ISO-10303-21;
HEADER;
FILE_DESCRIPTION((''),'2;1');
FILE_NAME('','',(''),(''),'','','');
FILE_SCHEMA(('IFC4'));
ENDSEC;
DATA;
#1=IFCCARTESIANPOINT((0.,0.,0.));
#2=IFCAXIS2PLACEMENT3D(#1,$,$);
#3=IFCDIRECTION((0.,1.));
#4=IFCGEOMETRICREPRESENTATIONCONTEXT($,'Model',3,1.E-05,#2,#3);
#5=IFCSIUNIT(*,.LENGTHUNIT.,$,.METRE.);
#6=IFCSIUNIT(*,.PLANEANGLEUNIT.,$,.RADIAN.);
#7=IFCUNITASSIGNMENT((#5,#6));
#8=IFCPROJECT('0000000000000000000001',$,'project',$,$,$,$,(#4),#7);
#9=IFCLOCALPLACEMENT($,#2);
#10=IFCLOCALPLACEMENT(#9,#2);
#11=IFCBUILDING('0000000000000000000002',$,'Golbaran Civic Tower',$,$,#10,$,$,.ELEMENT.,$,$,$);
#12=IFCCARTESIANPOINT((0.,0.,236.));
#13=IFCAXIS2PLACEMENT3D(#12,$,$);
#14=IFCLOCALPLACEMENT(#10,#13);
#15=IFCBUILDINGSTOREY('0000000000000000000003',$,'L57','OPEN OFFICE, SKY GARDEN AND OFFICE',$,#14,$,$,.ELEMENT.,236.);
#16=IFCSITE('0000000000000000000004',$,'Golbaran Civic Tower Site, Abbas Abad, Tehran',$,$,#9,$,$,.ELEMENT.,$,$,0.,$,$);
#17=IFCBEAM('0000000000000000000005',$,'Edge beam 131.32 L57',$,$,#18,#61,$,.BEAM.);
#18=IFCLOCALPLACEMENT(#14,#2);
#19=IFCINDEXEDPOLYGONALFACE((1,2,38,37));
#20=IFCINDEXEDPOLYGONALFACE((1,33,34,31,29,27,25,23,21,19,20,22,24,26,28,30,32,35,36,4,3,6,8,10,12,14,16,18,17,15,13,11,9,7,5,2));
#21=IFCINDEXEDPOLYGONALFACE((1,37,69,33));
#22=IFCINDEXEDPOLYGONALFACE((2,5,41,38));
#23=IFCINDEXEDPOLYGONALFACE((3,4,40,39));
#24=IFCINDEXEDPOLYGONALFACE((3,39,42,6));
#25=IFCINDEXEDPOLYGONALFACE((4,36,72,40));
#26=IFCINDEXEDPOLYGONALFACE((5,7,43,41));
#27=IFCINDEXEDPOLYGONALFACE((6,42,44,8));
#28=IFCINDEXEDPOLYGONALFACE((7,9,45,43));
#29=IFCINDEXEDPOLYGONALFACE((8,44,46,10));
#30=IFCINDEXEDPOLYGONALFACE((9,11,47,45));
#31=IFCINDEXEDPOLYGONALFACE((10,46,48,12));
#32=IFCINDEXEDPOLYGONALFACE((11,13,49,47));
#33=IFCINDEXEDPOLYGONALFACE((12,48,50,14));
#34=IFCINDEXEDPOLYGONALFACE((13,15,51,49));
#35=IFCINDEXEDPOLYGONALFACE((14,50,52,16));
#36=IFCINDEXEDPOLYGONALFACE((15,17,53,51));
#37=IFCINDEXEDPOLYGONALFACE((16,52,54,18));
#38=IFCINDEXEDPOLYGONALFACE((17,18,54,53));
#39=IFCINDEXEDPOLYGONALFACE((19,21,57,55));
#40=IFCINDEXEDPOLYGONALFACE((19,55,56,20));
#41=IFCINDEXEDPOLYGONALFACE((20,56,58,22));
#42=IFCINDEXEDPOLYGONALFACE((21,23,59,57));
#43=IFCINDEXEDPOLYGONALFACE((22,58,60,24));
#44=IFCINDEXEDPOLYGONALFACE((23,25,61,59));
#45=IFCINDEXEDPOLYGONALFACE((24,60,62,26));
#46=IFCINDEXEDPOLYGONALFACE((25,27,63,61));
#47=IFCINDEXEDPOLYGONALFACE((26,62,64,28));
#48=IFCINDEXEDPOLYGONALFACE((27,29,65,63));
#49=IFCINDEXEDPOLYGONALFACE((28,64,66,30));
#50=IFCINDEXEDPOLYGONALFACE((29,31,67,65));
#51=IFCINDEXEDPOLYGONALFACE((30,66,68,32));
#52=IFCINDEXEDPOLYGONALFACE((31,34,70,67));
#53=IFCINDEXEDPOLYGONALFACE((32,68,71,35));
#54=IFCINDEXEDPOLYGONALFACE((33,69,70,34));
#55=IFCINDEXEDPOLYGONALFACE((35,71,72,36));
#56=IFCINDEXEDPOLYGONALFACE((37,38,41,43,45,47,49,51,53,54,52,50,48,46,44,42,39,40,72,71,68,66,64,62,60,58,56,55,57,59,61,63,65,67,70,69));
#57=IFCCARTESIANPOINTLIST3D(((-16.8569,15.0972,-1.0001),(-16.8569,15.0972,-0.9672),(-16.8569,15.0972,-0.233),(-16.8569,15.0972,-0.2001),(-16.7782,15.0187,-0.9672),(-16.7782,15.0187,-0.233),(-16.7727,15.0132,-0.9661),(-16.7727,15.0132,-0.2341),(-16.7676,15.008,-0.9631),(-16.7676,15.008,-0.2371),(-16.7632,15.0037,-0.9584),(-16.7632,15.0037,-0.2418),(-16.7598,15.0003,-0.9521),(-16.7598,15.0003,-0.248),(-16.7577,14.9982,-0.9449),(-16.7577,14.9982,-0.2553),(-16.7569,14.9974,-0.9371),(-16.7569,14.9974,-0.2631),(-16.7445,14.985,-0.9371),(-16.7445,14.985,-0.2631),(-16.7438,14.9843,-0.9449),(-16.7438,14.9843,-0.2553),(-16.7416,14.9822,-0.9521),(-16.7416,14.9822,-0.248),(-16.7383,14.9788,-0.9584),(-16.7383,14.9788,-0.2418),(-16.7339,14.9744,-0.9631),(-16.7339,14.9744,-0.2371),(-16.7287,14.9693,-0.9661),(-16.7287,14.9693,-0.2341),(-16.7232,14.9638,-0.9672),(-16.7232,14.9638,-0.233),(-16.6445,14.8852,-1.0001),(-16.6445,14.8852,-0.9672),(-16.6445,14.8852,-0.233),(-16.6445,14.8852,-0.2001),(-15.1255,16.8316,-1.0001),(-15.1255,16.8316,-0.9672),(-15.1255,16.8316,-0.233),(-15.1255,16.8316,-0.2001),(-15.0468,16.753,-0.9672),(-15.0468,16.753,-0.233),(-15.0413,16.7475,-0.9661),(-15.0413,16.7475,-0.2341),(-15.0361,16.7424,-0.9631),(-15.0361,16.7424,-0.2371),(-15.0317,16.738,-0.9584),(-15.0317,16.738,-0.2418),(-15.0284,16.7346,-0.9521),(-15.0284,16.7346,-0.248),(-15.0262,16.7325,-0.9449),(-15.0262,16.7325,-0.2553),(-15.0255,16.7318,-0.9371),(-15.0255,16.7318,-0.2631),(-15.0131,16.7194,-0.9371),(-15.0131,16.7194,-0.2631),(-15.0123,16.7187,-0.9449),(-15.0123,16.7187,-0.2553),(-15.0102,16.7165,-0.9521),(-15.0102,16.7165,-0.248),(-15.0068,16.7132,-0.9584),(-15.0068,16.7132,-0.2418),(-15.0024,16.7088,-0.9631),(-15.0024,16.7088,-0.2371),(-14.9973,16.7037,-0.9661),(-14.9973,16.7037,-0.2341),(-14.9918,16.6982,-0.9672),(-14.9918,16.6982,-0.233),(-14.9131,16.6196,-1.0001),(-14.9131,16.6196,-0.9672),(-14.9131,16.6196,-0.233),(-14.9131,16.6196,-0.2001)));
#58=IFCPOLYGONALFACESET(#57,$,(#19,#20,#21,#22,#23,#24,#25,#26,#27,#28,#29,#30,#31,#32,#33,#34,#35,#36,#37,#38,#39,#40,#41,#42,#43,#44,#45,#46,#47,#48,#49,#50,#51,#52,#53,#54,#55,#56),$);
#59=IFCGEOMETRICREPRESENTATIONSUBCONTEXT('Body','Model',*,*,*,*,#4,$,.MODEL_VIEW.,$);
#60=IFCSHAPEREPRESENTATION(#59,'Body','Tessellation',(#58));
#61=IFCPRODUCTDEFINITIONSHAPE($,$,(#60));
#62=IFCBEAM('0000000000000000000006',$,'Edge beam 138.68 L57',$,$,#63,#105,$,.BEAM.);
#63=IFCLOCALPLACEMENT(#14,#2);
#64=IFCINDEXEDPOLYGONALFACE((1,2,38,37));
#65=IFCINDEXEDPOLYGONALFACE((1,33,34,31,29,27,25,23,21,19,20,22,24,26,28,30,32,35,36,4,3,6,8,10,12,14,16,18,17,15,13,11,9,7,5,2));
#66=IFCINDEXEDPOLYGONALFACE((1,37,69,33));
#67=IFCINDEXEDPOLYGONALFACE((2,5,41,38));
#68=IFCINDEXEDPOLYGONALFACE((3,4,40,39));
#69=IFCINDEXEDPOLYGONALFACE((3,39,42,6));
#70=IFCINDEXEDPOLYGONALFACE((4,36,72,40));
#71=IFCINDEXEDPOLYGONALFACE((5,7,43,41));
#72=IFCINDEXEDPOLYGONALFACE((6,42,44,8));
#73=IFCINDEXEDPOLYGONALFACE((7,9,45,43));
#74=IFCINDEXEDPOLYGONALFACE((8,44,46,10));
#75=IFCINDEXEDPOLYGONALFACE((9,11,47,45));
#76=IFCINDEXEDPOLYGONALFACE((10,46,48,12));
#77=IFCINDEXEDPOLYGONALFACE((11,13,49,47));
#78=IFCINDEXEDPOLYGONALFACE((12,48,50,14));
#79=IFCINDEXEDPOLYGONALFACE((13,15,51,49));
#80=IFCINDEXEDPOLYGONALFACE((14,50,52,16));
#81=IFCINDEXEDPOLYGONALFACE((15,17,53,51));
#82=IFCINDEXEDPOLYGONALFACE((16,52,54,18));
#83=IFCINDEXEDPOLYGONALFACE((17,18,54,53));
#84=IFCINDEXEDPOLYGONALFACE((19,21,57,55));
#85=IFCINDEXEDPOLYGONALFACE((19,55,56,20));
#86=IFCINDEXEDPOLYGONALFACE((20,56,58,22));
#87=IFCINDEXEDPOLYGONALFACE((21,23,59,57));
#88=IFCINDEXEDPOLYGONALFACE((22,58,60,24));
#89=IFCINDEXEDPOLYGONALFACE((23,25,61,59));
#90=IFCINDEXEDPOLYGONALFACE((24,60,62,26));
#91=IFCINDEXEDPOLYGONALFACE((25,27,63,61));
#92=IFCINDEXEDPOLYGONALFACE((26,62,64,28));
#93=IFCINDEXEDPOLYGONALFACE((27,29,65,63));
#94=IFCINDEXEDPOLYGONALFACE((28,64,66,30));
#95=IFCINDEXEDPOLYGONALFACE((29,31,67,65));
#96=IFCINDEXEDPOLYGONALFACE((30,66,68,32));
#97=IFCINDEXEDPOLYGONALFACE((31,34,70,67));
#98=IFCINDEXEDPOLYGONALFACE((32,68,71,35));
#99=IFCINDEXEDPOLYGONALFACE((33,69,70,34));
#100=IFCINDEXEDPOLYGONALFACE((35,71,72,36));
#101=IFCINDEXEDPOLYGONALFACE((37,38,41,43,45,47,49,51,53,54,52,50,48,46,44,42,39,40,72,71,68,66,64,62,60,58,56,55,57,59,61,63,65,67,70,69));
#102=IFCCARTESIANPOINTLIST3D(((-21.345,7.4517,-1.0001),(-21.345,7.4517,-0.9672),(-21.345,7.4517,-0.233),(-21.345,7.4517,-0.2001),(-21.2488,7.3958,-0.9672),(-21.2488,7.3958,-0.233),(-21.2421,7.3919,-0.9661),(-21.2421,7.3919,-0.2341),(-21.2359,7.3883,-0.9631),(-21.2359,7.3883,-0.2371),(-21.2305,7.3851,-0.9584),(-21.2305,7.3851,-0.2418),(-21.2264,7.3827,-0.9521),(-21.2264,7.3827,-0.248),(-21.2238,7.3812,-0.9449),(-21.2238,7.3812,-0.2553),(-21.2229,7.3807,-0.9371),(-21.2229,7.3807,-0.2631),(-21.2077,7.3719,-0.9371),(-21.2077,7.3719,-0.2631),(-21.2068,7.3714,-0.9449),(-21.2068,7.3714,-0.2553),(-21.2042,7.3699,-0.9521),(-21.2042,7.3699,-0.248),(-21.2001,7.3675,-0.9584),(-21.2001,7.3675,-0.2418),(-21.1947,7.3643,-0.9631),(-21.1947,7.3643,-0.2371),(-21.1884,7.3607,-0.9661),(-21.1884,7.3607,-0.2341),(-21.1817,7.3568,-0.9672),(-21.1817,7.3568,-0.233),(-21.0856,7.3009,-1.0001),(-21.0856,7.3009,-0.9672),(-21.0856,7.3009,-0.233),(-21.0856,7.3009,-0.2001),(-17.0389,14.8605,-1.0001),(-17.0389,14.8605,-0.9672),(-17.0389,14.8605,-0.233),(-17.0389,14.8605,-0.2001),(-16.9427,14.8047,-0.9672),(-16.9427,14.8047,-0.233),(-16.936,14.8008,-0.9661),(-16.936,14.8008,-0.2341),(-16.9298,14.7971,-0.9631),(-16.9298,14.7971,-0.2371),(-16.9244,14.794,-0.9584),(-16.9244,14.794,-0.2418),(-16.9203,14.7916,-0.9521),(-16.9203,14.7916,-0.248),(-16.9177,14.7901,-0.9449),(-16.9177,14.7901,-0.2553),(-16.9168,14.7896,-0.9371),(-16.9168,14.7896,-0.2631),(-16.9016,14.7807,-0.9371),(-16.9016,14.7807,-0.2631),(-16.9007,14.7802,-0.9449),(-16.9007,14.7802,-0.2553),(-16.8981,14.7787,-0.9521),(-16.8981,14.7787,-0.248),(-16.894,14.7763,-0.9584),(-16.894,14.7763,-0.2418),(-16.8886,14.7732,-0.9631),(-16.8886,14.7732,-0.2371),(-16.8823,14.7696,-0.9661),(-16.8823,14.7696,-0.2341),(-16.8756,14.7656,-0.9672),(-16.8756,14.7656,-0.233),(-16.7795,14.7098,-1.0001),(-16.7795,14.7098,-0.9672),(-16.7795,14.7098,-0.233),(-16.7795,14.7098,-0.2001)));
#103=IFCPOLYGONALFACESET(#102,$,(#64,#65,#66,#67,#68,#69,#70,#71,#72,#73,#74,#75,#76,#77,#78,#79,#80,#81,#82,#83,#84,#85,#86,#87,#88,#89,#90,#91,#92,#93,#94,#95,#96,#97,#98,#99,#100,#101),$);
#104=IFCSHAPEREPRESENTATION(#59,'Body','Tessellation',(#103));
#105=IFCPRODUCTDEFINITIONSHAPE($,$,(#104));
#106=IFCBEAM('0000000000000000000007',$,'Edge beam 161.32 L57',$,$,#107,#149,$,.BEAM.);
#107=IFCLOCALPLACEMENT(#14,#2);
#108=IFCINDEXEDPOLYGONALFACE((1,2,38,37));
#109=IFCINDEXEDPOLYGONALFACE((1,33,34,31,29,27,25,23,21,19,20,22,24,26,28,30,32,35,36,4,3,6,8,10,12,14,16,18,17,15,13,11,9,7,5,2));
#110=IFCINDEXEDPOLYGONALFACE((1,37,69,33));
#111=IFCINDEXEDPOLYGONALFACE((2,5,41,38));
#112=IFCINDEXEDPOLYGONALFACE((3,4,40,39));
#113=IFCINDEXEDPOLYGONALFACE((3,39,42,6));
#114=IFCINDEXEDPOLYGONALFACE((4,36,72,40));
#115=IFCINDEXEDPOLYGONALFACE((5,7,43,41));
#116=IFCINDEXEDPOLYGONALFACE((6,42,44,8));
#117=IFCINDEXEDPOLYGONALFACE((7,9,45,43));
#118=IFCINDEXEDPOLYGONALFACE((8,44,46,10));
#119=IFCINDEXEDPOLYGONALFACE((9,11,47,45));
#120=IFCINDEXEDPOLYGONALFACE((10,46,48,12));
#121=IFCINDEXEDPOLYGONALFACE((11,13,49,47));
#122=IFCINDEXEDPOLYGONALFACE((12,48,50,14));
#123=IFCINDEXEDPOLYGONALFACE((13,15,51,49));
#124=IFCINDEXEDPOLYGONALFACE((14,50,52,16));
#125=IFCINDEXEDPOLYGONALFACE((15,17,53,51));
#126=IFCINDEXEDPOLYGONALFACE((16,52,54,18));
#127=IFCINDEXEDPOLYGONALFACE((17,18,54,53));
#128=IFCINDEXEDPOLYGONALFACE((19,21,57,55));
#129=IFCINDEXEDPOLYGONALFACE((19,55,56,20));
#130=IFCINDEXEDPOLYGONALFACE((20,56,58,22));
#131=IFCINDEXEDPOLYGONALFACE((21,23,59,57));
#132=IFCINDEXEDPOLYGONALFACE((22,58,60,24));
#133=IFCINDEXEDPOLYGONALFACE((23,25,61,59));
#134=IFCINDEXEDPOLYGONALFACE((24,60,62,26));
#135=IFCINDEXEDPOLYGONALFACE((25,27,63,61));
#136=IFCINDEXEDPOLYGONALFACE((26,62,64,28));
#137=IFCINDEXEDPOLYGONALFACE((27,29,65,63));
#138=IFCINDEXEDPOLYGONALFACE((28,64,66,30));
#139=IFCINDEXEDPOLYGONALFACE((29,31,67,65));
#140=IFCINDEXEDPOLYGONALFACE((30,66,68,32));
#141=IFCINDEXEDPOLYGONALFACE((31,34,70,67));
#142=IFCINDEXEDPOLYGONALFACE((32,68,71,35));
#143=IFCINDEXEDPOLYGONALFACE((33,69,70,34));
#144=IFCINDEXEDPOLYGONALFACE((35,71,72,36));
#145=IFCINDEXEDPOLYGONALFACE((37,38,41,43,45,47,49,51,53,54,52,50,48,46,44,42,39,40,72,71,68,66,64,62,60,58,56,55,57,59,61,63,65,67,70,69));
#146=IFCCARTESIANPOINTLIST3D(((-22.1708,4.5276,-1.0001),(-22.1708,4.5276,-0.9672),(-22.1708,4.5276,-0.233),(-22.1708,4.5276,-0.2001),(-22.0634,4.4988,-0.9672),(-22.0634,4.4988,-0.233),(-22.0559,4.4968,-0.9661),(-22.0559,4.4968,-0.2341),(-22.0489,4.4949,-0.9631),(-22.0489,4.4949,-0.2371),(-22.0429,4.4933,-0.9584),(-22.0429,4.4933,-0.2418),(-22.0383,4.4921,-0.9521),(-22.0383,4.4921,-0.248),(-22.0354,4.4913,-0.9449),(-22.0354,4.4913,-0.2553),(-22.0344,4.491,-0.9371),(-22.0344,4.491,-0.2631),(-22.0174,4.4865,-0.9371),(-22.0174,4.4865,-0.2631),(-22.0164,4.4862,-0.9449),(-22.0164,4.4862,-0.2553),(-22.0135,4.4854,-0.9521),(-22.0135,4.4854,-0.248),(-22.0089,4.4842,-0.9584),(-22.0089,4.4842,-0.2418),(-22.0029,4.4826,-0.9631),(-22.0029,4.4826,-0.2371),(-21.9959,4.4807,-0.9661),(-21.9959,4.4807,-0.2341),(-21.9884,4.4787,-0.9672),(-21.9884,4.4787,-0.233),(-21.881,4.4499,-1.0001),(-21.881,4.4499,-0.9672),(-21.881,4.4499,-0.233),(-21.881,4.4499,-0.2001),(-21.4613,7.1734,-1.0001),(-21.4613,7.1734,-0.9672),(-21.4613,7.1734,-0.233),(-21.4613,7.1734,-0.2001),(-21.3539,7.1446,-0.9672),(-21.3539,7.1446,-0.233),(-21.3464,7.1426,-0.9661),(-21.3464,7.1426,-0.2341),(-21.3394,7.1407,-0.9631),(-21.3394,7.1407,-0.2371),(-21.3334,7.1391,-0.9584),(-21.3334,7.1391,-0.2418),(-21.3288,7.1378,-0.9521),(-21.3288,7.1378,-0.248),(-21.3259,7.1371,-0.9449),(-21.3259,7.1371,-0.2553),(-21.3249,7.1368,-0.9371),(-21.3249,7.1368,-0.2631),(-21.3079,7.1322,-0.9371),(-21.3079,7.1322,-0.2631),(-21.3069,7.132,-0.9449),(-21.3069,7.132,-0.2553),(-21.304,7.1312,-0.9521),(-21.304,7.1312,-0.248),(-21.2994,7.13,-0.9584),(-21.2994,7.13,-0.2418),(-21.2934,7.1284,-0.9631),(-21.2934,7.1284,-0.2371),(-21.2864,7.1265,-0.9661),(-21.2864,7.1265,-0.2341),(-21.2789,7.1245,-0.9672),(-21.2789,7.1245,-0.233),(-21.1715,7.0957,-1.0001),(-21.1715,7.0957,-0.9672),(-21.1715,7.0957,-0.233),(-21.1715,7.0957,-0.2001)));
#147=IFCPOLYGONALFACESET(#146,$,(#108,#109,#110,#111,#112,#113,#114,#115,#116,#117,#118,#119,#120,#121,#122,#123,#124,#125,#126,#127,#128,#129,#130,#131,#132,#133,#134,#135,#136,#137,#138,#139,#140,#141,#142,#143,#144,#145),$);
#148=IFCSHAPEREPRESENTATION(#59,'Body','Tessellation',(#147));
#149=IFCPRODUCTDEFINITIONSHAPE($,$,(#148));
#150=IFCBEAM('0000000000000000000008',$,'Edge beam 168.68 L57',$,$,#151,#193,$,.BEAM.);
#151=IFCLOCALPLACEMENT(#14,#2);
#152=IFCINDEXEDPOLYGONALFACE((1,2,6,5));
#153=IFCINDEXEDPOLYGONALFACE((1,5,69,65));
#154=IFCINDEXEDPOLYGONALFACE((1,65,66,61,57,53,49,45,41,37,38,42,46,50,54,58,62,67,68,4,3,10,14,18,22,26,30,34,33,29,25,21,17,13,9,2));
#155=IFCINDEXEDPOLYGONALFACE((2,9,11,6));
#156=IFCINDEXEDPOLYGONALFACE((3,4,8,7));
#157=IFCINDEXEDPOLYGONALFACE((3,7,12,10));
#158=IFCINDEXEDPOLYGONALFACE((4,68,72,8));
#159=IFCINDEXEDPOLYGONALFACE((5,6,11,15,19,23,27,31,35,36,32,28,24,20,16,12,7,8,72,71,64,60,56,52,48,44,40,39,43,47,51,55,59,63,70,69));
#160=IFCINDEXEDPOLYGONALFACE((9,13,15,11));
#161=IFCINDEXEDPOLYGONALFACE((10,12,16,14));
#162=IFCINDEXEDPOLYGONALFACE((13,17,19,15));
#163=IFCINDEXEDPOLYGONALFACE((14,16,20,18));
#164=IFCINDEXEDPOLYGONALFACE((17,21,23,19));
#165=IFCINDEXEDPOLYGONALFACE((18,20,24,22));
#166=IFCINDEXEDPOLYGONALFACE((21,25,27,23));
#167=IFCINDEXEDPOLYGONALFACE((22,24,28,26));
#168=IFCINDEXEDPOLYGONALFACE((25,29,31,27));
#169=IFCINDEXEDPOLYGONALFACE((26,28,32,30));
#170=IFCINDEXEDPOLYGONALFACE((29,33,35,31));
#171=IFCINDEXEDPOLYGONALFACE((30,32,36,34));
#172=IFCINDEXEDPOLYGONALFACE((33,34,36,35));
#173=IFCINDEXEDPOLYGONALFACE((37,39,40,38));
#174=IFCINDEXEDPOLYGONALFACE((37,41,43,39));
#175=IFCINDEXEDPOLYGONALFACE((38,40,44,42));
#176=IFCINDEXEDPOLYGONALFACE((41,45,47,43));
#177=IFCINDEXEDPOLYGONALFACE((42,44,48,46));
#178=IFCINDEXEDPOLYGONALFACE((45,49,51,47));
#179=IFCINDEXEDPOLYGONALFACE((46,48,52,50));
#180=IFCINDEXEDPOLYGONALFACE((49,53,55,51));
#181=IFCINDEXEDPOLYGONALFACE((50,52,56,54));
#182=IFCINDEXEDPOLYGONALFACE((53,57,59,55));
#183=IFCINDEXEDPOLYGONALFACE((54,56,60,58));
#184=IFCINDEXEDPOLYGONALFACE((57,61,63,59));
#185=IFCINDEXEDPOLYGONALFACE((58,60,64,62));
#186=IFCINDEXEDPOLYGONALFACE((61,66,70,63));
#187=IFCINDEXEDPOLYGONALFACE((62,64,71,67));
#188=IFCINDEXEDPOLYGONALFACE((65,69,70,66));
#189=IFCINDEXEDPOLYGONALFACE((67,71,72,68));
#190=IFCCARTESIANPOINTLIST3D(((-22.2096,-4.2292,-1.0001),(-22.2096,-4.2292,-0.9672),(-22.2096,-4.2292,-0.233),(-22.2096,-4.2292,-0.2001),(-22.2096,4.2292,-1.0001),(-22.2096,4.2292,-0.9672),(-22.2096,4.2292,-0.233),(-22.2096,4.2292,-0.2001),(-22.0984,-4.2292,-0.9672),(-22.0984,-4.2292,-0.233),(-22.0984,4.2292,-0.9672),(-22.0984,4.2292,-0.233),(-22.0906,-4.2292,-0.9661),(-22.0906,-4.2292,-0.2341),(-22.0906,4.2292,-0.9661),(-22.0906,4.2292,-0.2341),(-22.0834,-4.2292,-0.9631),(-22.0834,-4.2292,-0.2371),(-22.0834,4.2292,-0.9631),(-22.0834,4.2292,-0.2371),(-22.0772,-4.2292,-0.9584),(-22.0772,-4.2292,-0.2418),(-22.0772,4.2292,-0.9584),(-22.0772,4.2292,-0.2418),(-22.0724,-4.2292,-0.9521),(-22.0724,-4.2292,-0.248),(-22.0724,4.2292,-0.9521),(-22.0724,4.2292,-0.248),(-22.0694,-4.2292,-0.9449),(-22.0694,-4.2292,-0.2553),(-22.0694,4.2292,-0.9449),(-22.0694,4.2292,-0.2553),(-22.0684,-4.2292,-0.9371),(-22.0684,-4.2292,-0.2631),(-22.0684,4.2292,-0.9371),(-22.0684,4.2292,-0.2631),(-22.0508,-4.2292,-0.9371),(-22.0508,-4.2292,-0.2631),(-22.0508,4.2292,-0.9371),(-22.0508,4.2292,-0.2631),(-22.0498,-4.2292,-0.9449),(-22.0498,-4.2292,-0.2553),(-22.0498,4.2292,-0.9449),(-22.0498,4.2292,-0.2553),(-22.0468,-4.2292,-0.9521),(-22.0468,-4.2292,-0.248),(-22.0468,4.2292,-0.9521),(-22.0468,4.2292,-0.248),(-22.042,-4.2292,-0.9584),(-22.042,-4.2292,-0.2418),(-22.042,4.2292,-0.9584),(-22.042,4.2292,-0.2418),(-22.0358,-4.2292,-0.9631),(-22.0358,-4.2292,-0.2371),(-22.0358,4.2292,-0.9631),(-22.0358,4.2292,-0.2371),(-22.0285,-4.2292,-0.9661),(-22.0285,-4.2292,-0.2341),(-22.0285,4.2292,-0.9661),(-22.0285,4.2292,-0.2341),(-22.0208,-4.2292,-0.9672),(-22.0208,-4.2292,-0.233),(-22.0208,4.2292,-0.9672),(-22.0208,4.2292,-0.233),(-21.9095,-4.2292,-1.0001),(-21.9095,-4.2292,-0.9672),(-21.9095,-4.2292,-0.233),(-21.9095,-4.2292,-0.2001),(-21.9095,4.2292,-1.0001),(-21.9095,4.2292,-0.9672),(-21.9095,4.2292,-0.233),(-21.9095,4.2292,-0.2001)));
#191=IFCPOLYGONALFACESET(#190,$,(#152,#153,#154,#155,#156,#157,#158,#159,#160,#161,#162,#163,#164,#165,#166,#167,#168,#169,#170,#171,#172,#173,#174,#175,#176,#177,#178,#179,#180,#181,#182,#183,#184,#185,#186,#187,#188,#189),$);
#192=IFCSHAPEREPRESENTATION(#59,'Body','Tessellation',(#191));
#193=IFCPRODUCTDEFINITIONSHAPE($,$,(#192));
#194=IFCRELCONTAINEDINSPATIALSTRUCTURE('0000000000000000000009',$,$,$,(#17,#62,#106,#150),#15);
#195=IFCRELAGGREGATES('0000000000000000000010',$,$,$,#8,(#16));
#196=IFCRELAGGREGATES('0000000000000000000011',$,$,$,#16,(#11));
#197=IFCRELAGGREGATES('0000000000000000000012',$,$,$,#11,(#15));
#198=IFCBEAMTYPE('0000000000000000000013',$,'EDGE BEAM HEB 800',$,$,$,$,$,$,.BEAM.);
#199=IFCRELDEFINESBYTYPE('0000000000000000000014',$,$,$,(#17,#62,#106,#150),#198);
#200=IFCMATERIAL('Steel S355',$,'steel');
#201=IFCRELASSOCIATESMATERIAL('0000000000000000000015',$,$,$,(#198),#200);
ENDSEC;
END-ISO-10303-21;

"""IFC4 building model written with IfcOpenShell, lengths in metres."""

from ifc_helpers import new_model, si_unit, direction, frame, origin, origin_2d, place, context, subcontext, project, spatial, i_section, extrude, material, material_profile, profile_set, type_object, element, save


model = new_model("IFC4")

# Units and contexts
model_context = context("Model", 3, precision=1e-05, world=origin(), true_north=direction((0.0, 1.0)))
body_context = subcontext(model_context, "Body", "Model", "MODEL_VIEW")
ifc_project = project(units=[si_unit("LENGTHUNIT", "METRE"), si_unit("PLANEANGLEUNIT", "RADIAN")], contexts=[model_context])

# Site, building, storey
site_placement = place(None, origin())
site = spatial("IfcSite", under=ifc_project, at=site_placement, Name="Golbaran Civic Tower Site, Abbas Abad, Tehran", CompositionType="ELEMENT", RefElevation=0.0)
building_placement = place(site_placement, origin())
building = spatial("IfcBuilding", under=site, at=building_placement, Name="Golbaran Civic Tower", CompositionType="ELEMENT")
storey_placement = place(building_placement, frame((0.0, 0.0, 236.0)))
storey = spatial("IfcBuildingStorey", under=building, at=storey_placement, Name="L57", Description="OPEN OFFICE, SKY GARDEN AND OFFICE", CompositionType="ELEMENT", Elevation=236.0)

# Beams
ifc_material_1 = material(Name="Steel S355", Category="steel")
ifc_material_profile_1 = material_profile(ifc_material_1, i_section(OverallWidth=0.3, OverallDepth=0.8, WebThickness=0.0176, FlangeThickness=0.033, FilletRadius=0.03, at=origin_2d()), Name="HEB 800")
ifc_profile_set_1 = profile_set([ifc_material_profile_1], Name="Steel S355")
beam_type_1 = type_object("IfcBeamType", Name="EDGE BEAM HEB 800", PredefinedType="BEAM", material=ifc_profile_set_1)
beam_1_placement = place(storey_placement, frame((-15.0193, 16.7256, -0.6001), z_axis=(-0.706509, -0.707704, 0.0), x_axis=(0.707704, -0.706509, 0.0)))
element("IfcBeam", 1, at=beam_1_placement, inside=storey, type_object=beam_type_1, Name="Edge beam 131.32 L57", PredefinedType="BEAM", context=body_context, shape_type="SweptSolid", body=[
    extrude(i_section(OverallWidth=0.3, OverallDepth=0.8, WebThickness=0.0176, FlangeThickness=0.033, FilletRadius=0.03, at=origin_2d()), origin(), (0.0, 0.0, 1.0), 2.4507),
])
beam_2_placement = place(storey_placement, frame((-16.9092, 14.7852, -0.6001), z_axis=(-0.502501, -0.864577, 0.0), x_axis=(0.864577, -0.502501, 0.0)))
element("IfcBeam", 2, at=beam_2_placement, inside=storey, type_object=beam_type_1, Name="Edge beam 138.68 L57", PredefinedType="BEAM", context=body_context, shape_type="SweptSolid", body=[
    extrude(i_section(OverallWidth=0.3, OverallDepth=0.8, WebThickness=0.0176, FlangeThickness=0.033, FilletRadius=0.03, at=origin_2d()), origin(), (0.0, 0.0, 1.0), 8.5693),
])
beam_3_placement = place(storey_placement, frame((-21.3164, 7.1345, -0.6001), z_axis=(-0.259005, -0.965876, 0.0), x_axis=(0.965876, -0.259005, 0.0)))
element("IfcBeam", 3, at=beam_3_placement, inside=storey, type_object=beam_type_1, Name="Edge beam 161.32 L57", PredefinedType="BEAM", context=body_context, shape_type="SweptSolid", body=[
    extrude(i_section(OverallWidth=0.3, OverallDepth=0.8, WebThickness=0.0176, FlangeThickness=0.033, FilletRadius=0.03, at=origin_2d()), origin(), (0.0, 0.0, 1.0), 2.7393),
])
beam_4_placement = place(storey_placement, frame((-22.0596, 4.2292, -0.6001), z_axis=(0.0, -1.0, 0.0), x_axis=(1.0, 0.0, 0.0)))
element("IfcBeam", 4, at=beam_4_placement, inside=storey, type_object=beam_type_1, Name="Edge beam 168.68 L57", PredefinedType="BEAM", context=body_context, shape_type="SweptSolid", body=[
    extrude(i_section(OverallWidth=0.3, OverallDepth=0.8, WebThickness=0.0176, FlangeThickness=0.033, FilletRadius=0.03, at=origin_2d()), origin(), (0.0, 0.0, 1.0), 8.4585),
])

save(model, "model.ifc")
